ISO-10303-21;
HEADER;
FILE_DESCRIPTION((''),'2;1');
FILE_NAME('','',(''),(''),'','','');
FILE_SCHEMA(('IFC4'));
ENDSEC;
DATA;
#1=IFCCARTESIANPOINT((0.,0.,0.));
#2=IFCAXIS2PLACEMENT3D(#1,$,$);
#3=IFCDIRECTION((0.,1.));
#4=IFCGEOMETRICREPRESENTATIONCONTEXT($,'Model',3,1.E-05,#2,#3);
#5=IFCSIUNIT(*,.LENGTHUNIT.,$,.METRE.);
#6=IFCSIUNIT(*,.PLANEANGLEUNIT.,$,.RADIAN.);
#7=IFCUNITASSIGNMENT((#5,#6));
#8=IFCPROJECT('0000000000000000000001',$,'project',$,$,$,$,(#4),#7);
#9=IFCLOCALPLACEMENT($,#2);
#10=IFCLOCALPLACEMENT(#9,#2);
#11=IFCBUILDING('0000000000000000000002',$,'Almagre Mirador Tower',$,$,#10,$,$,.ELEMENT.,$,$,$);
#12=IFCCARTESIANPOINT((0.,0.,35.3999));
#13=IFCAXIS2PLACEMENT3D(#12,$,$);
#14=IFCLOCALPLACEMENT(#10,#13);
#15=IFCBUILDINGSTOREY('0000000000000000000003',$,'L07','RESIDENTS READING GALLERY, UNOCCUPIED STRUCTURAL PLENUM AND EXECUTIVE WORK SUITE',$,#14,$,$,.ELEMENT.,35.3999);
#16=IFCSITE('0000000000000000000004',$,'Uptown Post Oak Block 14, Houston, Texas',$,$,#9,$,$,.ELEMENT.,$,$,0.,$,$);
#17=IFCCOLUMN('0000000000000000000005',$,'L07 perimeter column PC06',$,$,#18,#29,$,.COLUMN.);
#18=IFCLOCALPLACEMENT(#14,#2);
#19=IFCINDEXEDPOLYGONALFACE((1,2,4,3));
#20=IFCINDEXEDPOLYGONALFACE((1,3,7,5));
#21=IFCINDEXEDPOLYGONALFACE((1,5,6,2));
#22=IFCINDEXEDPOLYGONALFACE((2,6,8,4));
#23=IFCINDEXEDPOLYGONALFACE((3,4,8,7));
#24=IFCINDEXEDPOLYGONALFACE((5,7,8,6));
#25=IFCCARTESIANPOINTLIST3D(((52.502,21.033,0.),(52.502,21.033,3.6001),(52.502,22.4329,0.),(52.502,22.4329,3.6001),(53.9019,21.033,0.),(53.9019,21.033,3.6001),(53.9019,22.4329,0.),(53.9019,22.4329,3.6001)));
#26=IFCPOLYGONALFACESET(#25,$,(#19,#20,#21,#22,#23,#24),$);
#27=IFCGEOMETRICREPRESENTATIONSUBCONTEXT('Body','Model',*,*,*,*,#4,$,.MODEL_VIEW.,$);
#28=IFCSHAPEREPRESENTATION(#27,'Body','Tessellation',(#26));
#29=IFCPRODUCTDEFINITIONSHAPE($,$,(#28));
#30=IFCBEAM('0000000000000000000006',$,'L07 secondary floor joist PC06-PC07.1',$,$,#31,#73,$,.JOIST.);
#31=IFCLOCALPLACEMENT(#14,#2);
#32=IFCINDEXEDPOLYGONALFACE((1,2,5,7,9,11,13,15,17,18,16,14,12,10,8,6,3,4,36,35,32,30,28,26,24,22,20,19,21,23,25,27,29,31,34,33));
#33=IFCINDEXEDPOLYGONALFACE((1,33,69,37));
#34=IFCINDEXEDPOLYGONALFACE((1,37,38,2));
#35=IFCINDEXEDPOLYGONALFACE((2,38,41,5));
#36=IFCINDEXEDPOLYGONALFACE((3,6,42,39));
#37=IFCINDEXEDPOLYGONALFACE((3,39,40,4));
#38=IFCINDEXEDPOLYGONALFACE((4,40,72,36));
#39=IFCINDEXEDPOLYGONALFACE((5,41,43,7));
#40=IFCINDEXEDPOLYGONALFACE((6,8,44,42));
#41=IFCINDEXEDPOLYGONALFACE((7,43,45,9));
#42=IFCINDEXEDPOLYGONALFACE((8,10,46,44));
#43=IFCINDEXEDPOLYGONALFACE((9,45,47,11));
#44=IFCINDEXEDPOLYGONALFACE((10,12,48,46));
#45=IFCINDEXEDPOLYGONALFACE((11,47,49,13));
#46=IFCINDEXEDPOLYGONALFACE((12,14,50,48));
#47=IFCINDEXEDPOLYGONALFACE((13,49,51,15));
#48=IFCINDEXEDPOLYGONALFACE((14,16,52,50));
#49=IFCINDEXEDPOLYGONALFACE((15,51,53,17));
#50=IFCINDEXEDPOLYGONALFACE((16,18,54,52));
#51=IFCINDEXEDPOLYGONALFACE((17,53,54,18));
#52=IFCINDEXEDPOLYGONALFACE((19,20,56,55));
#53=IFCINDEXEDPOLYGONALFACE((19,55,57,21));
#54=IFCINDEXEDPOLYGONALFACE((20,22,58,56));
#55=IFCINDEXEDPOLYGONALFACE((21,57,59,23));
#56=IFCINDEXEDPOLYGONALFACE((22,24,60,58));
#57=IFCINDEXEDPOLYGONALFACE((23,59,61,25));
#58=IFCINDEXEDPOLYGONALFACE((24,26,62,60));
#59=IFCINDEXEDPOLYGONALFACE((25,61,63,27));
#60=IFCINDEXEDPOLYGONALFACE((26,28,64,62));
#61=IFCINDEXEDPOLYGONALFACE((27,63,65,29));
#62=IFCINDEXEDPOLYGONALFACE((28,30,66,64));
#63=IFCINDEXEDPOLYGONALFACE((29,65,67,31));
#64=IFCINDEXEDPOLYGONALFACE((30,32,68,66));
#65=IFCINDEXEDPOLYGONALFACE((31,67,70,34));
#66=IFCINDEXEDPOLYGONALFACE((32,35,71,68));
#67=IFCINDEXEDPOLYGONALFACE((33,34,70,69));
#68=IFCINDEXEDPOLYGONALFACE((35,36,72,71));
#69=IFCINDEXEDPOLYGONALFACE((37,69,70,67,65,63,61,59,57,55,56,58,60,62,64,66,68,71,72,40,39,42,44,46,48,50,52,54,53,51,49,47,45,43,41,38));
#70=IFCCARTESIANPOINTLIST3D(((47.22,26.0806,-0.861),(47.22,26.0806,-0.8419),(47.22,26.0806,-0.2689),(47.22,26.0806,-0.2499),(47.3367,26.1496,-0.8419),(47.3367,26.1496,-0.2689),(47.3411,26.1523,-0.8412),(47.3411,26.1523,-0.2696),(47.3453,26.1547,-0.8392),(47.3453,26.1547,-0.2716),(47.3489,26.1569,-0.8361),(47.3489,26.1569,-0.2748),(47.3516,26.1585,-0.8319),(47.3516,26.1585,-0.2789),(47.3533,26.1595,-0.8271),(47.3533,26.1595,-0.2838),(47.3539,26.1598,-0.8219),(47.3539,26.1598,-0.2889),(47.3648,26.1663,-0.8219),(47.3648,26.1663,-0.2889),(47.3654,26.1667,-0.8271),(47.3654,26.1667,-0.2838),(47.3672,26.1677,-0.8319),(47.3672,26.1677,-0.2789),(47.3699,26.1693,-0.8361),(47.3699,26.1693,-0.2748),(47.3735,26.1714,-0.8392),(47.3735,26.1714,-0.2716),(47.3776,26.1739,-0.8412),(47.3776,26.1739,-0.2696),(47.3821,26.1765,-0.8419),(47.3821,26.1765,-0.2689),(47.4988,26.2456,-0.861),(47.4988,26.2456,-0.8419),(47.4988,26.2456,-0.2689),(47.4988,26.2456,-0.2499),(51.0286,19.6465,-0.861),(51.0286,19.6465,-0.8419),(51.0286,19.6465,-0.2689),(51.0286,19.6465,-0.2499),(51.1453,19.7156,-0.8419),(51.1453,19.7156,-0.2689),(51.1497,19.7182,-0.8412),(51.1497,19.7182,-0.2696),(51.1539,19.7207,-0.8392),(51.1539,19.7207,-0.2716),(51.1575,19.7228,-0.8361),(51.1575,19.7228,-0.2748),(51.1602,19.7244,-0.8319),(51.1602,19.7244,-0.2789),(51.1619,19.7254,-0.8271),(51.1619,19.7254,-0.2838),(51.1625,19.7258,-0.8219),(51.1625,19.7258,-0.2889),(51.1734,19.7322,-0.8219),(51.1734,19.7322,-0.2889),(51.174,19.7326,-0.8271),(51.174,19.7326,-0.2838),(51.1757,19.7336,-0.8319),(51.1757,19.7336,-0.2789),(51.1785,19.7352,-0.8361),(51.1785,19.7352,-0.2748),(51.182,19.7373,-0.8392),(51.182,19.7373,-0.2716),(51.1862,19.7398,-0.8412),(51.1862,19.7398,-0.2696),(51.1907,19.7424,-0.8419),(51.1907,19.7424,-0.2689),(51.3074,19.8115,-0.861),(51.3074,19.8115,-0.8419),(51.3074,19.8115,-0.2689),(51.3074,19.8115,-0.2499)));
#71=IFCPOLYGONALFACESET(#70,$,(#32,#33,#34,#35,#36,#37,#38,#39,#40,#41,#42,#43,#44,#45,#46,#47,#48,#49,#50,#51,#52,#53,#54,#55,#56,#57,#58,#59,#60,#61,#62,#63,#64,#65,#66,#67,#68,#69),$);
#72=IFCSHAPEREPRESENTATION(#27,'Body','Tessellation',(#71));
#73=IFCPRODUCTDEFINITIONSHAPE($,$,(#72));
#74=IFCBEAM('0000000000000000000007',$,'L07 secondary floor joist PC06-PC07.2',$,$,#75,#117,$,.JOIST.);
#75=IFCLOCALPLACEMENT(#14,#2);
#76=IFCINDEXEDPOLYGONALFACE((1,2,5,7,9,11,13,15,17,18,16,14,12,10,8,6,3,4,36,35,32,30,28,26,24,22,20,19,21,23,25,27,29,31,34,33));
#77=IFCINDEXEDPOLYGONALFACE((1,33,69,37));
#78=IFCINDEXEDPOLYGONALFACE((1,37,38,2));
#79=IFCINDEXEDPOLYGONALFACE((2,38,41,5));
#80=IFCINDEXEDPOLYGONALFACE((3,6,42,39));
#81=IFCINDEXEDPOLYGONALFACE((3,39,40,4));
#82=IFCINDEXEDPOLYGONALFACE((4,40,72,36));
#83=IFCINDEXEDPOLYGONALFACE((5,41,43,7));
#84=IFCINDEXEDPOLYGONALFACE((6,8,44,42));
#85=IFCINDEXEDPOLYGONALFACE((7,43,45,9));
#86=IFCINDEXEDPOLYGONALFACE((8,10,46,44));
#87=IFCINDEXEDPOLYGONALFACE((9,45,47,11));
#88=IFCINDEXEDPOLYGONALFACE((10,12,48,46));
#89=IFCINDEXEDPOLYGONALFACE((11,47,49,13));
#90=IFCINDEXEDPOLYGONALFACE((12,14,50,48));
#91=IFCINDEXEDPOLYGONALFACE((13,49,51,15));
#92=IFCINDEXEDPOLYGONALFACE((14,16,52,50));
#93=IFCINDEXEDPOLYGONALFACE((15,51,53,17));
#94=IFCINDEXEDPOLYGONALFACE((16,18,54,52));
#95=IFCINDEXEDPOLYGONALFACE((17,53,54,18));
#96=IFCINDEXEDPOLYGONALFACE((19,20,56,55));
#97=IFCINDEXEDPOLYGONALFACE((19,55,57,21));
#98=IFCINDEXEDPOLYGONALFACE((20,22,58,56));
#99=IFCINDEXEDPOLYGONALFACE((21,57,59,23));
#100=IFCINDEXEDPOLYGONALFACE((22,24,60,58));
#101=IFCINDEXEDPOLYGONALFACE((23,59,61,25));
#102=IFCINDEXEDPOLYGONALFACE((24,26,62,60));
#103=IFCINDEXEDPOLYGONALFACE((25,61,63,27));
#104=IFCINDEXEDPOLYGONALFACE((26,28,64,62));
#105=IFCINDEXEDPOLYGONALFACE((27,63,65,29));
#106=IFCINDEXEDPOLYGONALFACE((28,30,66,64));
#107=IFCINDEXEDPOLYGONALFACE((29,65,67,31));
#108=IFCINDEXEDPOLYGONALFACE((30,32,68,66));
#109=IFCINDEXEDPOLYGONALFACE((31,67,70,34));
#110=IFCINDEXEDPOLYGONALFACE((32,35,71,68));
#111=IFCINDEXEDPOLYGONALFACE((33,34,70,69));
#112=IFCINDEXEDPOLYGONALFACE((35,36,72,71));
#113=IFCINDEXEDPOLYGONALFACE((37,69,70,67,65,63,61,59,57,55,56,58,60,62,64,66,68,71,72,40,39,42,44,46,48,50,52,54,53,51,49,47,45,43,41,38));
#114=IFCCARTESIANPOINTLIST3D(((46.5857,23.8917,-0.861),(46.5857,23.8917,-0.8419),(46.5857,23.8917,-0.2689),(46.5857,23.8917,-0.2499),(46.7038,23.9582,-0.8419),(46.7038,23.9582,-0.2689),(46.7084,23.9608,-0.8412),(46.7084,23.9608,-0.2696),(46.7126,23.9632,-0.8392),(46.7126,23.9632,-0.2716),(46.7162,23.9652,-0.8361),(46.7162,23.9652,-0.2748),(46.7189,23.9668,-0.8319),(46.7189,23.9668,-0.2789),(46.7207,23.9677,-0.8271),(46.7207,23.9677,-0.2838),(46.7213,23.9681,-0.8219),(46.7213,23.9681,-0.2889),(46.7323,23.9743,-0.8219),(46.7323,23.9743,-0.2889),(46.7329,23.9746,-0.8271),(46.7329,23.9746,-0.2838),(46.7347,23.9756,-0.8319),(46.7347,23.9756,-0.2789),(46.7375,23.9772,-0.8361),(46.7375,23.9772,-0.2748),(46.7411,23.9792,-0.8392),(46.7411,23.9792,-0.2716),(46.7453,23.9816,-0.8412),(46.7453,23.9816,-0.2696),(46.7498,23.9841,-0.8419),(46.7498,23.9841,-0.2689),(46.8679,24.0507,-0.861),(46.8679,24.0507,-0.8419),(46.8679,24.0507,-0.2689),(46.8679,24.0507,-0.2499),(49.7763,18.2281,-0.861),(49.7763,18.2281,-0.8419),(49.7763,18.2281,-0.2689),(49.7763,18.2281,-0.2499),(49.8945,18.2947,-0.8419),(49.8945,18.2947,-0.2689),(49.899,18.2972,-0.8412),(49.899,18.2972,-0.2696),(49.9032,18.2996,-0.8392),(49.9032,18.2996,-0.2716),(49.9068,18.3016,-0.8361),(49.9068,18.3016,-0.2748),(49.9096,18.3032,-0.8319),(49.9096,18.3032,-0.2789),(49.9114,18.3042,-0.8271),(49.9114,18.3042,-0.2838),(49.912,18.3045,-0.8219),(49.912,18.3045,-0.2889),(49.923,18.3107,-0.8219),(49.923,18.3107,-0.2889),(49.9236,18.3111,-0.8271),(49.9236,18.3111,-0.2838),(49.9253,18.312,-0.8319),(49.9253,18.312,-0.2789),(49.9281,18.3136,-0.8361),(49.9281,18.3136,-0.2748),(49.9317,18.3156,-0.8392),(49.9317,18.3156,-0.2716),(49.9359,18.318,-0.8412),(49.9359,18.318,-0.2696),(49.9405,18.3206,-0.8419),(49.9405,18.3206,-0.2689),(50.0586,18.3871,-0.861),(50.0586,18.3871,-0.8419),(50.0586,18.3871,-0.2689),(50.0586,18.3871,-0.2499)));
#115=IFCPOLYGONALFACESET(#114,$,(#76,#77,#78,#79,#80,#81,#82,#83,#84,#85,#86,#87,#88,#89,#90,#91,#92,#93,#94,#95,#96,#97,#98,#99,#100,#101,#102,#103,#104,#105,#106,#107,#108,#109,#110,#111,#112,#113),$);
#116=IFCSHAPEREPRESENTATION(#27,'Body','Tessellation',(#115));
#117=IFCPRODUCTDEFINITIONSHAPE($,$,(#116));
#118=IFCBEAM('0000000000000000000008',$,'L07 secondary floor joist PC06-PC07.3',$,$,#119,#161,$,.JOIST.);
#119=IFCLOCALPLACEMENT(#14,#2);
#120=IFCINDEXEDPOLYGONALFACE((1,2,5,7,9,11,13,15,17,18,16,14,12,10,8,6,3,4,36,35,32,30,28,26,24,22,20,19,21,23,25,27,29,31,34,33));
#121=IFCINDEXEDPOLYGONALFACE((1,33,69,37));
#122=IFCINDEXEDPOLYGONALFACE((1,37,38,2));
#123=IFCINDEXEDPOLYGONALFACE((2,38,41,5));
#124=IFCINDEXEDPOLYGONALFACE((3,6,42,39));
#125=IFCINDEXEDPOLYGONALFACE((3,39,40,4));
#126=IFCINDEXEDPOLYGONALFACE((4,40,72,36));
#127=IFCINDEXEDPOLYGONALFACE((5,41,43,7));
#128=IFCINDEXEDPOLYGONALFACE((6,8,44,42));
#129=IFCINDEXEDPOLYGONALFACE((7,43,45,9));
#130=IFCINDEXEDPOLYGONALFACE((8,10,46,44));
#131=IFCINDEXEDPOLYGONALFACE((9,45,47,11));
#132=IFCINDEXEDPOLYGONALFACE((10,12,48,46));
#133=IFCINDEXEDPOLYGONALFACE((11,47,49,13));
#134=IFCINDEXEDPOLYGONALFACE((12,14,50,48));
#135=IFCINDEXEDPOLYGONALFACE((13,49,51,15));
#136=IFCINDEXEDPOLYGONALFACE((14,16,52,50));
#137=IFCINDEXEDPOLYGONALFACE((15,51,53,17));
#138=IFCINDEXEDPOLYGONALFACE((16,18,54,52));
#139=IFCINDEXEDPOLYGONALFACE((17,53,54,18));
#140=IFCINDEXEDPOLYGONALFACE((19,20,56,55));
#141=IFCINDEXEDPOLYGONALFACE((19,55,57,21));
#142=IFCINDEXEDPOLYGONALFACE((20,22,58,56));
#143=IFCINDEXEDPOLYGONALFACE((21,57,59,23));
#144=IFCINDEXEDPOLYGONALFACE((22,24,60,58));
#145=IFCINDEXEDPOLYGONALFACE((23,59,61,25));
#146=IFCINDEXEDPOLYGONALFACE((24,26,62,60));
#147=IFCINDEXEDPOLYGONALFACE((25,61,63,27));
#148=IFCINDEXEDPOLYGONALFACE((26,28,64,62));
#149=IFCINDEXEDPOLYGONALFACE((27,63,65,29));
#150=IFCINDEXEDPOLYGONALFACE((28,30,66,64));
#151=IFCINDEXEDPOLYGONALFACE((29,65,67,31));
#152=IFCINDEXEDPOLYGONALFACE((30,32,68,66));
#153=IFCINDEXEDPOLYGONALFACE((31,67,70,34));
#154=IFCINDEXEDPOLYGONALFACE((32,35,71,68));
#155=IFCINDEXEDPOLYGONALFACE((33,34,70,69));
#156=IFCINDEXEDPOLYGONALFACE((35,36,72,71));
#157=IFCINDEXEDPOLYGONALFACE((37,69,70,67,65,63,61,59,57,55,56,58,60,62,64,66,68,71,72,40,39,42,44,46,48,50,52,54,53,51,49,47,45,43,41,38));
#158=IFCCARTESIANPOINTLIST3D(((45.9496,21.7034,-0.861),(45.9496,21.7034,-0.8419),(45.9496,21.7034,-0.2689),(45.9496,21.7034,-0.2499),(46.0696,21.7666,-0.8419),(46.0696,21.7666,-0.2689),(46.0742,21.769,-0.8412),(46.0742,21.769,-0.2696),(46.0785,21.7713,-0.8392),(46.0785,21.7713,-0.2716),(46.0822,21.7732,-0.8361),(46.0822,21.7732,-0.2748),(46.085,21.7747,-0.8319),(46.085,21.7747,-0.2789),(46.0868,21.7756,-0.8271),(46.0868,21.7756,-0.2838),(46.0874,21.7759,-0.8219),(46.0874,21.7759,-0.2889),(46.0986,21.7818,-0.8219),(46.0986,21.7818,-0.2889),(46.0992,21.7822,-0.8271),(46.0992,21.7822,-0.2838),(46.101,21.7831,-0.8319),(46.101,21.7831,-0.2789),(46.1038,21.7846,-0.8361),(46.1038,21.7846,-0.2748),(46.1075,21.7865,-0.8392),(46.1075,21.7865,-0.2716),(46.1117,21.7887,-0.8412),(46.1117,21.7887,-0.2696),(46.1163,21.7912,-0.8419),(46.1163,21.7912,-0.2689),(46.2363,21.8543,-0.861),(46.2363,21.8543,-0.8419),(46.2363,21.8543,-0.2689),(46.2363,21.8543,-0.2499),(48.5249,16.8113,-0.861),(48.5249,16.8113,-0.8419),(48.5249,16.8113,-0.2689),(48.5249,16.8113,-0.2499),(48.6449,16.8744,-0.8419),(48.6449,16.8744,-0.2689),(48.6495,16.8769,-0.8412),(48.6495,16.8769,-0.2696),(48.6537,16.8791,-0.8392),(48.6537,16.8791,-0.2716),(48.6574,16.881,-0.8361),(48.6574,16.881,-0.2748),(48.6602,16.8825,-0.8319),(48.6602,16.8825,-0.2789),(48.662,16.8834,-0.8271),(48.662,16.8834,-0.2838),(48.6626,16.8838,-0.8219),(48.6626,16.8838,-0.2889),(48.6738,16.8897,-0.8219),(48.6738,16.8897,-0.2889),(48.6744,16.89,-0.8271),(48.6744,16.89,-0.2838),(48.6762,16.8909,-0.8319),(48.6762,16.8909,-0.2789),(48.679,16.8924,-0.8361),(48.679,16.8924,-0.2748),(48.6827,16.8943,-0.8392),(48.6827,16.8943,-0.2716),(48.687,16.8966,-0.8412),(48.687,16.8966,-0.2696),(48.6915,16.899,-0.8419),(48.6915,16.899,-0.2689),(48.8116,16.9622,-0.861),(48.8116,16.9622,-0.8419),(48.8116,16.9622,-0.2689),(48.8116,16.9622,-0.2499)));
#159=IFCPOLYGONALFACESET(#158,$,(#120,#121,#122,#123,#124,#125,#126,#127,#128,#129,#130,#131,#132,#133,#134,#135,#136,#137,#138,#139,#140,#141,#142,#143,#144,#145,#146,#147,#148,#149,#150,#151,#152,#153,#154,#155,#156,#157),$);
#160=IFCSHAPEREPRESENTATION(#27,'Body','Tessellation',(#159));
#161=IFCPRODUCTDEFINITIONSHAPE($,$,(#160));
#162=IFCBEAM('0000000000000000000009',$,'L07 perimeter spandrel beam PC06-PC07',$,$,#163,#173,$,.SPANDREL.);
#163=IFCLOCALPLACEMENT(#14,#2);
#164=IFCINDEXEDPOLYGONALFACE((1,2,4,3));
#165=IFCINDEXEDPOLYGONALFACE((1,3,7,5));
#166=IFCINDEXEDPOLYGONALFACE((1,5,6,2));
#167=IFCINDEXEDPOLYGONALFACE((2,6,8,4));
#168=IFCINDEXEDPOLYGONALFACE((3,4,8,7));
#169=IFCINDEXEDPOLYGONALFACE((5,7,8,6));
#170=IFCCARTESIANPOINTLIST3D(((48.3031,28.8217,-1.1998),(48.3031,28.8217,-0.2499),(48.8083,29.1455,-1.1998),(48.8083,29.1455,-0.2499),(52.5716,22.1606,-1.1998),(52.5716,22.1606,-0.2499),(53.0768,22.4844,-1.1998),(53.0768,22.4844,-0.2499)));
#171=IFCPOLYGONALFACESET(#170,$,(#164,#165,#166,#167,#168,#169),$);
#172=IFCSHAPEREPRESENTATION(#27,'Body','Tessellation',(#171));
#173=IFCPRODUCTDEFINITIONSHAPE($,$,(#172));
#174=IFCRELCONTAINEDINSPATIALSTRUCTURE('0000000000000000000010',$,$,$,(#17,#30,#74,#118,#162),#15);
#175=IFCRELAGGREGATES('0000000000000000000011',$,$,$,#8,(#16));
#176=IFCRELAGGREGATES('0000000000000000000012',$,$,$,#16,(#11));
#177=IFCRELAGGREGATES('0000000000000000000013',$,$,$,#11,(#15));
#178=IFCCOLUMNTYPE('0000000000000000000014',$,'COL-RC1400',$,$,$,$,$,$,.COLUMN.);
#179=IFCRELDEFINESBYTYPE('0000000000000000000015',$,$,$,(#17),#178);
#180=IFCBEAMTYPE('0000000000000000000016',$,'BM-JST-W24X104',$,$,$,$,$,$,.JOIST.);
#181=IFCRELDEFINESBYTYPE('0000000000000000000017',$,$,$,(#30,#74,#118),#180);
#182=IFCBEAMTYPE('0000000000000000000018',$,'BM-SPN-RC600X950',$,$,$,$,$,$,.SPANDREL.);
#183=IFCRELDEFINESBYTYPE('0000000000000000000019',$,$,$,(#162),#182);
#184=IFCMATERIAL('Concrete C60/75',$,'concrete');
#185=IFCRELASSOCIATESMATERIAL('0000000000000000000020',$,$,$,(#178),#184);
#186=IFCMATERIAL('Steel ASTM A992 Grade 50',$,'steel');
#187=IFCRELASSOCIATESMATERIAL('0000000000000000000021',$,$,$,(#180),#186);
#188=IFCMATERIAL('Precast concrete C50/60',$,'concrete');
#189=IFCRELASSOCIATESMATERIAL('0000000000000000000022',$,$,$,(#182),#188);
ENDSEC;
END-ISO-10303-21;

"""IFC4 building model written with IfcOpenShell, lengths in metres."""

from ifc_helpers import new_model, si_unit, direction, frame, origin, origin_2d, place, context, subcontext, project, spatial, rectangle, i_section, extrude, material, material_profile, profile_set, type_object, element, save


model = new_model("IFC4")

# Units and contexts
model_context = context("Model", 3, precision=1e-05, world=origin(), true_north=direction((0.0, 1.0)))
body_context = subcontext(model_context, "Body", "Model", "MODEL_VIEW")
ifc_project = project(units=[si_unit("LENGTHUNIT", "METRE"), si_unit("PLANEANGLEUNIT", "RADIAN")], contexts=[model_context])

# Site, building, storey
site_placement = place(None, origin())
site = spatial("IfcSite", under=ifc_project, at=site_placement, Name="Uptown Post Oak Block 14, Houston, Texas", CompositionType="ELEMENT", RefElevation=0.0)
building_placement = place(site_placement, origin())
building = spatial("IfcBuilding", under=site, at=building_placement, Name="Almagre Mirador Tower", CompositionType="ELEMENT")
storey_placement = place(building_placement, frame((0.0, 0.0, 35.3999)))
storey = spatial("IfcBuildingStorey", under=building, at=storey_placement, Name="L07", Description="RESIDENTS READING GALLERY, UNOCCUPIED STRUCTURAL PLENUM AND EXECUTIVE WORK SUITE", CompositionType="ELEMENT", Elevation=35.3999)

# Column
ifc_material_1 = material(Name="Concrete C60/75", Category="concrete")
ifc_material_profile_1 = material_profile(ifc_material_1, rectangle(XDim=1.3999, YDim=1.3999, at=origin_2d()), Name="RC1400X1400")
ifc_profile_set_1 = profile_set([ifc_material_profile_1], Name="Concrete C60/75")
column_type = type_object("IfcColumnType", Name="COL-RC1400", PredefinedType="COLUMN", material=ifc_profile_set_1)
column_placement = place(storey_placement, frame((53.2019, 21.7329, 0.0), z_axis=(0.0, 0.0, 1.0), x_axis=(1.0, 0.0, 0.0)))
element("IfcColumn", 1, at=column_placement, inside=storey, type_object=column_type, Name="L07 perimeter column PC06", PredefinedType="COLUMN", context=body_context, shape_type="SweptSolid", body=[
    extrude(rectangle(XDim=1.3999, YDim=1.3999, at=origin_2d()), origin(), (0.0, 0.0, 1.0), 3.6001),
])

# Beams
ifc_material_2 = material(Name="Steel ASTM A992 Grade 50", Category="steel")
ifc_material_profile_2 = material_profile(ifc_material_2, i_section(OverallWidth=0.324, OverallDepth=0.6111, WebThickness=0.0127, FlangeThickness=0.019, FilletRadius=0.02, at=origin_2d()), Name="W24X104")
ifc_profile_set_2 = profile_set([ifc_material_profile_2], Name="Steel ASTM A992 Grade 50")
beam_type_1 = type_object("IfcBeamType", Name="BM-JST-W24X104", PredefinedType="JOIST", material=ifc_profile_set_2)
beam_1_placement = place(storey_placement, frame((51.168, 19.729, -0.5554), z_axis=(-0.509387, 0.860538, 0.0), x_axis=(-0.860538, -0.509387, 0.0)))
element("IfcBeam", 2, at=beam_1_placement, inside=storey, type_object=beam_type_1, Name="L07 secondary floor joist PC06-PC07.1", PredefinedType="JOIST", context=body_context, shape_type="SweptSolid", body=[
    extrude(i_section(OverallWidth=0.324, OverallDepth=0.6111, WebThickness=0.0127, FlangeThickness=0.019, FilletRadius=0.02, at=origin_2d()), origin(), (0.0, 0.0, 1.0), 7.4768),
])
beam_2_placement = place(storey_placement, frame((49.9175, 18.3076, -0.5554), z_axis=(-0.490835, 0.871252, 0.0), x_axis=(-0.871252, -0.490835, 0.0)))
element("IfcBeam", 3, at=beam_2_placement, inside=storey, type_object=beam_type_1, Name="L07 secondary floor joist PC06-PC07.2", PredefinedType="JOIST", context=body_context, shape_type="SweptSolid", body=[
    extrude(i_section(OverallWidth=0.324, OverallDepth=0.6111, WebThickness=0.0127, FlangeThickness=0.019, FilletRadius=0.02, at=origin_2d()), origin(), (0.0, 0.0, 1.0), 6.5005),
])
beam_3_placement = place(storey_placement, frame((48.6682, 16.8867, -0.5554), z_axis=(-0.465805, 0.884888, 0.0), x_axis=(-0.884888, -0.465805, 0.0)))
element("IfcBeam", 4, at=beam_3_placement, inside=storey, type_object=beam_type_1, Name="L07 secondary floor joist PC06-PC07.3", PredefinedType="JOIST", context=body_context, shape_type="SweptSolid", body=[
    extrude(i_section(OverallWidth=0.324, OverallDepth=0.6111, WebThickness=0.0127, FlangeThickness=0.019, FilletRadius=0.02, at=origin_2d()), origin(), (0.0, 0.0, 1.0), 5.5286),
])
ifc_material_3 = material(Name="Precast concrete C50/60", Category="concrete")
ifc_material_profile_3 = material_profile(ifc_material_3, rectangle(XDim=0.6001, YDim=0.95, at=origin_2d()), Name="RC600X950")
ifc_profile_set_3 = profile_set([ifc_material_profile_3], Name="Precast concrete C50/60")
beam_type_2 = type_object("IfcBeamType", Name="BM-SPN-RC600X950", PredefinedType="SPANDREL", material=ifc_profile_set_3)
beam_4_placement = place(storey_placement, frame((52.8242, 22.3225, -0.7249), z_axis=(-0.53954, 0.84196, 0.0), x_axis=(-0.84196, -0.53954, 0.0)))
element("IfcBeam", 5, at=beam_4_placement, inside=storey, type_object=beam_type_2, Name="L07 perimeter spandrel beam PC06-PC07", PredefinedType="SPANDREL", context=body_context, shape_type="SweptSolid", body=[
    extrude(rectangle(XDim=0.6001, YDim=0.95, at=origin_2d()), origin(), (0.0, 0.0, 1.0), 7.9114),
])

save(model, "model.ifc")
